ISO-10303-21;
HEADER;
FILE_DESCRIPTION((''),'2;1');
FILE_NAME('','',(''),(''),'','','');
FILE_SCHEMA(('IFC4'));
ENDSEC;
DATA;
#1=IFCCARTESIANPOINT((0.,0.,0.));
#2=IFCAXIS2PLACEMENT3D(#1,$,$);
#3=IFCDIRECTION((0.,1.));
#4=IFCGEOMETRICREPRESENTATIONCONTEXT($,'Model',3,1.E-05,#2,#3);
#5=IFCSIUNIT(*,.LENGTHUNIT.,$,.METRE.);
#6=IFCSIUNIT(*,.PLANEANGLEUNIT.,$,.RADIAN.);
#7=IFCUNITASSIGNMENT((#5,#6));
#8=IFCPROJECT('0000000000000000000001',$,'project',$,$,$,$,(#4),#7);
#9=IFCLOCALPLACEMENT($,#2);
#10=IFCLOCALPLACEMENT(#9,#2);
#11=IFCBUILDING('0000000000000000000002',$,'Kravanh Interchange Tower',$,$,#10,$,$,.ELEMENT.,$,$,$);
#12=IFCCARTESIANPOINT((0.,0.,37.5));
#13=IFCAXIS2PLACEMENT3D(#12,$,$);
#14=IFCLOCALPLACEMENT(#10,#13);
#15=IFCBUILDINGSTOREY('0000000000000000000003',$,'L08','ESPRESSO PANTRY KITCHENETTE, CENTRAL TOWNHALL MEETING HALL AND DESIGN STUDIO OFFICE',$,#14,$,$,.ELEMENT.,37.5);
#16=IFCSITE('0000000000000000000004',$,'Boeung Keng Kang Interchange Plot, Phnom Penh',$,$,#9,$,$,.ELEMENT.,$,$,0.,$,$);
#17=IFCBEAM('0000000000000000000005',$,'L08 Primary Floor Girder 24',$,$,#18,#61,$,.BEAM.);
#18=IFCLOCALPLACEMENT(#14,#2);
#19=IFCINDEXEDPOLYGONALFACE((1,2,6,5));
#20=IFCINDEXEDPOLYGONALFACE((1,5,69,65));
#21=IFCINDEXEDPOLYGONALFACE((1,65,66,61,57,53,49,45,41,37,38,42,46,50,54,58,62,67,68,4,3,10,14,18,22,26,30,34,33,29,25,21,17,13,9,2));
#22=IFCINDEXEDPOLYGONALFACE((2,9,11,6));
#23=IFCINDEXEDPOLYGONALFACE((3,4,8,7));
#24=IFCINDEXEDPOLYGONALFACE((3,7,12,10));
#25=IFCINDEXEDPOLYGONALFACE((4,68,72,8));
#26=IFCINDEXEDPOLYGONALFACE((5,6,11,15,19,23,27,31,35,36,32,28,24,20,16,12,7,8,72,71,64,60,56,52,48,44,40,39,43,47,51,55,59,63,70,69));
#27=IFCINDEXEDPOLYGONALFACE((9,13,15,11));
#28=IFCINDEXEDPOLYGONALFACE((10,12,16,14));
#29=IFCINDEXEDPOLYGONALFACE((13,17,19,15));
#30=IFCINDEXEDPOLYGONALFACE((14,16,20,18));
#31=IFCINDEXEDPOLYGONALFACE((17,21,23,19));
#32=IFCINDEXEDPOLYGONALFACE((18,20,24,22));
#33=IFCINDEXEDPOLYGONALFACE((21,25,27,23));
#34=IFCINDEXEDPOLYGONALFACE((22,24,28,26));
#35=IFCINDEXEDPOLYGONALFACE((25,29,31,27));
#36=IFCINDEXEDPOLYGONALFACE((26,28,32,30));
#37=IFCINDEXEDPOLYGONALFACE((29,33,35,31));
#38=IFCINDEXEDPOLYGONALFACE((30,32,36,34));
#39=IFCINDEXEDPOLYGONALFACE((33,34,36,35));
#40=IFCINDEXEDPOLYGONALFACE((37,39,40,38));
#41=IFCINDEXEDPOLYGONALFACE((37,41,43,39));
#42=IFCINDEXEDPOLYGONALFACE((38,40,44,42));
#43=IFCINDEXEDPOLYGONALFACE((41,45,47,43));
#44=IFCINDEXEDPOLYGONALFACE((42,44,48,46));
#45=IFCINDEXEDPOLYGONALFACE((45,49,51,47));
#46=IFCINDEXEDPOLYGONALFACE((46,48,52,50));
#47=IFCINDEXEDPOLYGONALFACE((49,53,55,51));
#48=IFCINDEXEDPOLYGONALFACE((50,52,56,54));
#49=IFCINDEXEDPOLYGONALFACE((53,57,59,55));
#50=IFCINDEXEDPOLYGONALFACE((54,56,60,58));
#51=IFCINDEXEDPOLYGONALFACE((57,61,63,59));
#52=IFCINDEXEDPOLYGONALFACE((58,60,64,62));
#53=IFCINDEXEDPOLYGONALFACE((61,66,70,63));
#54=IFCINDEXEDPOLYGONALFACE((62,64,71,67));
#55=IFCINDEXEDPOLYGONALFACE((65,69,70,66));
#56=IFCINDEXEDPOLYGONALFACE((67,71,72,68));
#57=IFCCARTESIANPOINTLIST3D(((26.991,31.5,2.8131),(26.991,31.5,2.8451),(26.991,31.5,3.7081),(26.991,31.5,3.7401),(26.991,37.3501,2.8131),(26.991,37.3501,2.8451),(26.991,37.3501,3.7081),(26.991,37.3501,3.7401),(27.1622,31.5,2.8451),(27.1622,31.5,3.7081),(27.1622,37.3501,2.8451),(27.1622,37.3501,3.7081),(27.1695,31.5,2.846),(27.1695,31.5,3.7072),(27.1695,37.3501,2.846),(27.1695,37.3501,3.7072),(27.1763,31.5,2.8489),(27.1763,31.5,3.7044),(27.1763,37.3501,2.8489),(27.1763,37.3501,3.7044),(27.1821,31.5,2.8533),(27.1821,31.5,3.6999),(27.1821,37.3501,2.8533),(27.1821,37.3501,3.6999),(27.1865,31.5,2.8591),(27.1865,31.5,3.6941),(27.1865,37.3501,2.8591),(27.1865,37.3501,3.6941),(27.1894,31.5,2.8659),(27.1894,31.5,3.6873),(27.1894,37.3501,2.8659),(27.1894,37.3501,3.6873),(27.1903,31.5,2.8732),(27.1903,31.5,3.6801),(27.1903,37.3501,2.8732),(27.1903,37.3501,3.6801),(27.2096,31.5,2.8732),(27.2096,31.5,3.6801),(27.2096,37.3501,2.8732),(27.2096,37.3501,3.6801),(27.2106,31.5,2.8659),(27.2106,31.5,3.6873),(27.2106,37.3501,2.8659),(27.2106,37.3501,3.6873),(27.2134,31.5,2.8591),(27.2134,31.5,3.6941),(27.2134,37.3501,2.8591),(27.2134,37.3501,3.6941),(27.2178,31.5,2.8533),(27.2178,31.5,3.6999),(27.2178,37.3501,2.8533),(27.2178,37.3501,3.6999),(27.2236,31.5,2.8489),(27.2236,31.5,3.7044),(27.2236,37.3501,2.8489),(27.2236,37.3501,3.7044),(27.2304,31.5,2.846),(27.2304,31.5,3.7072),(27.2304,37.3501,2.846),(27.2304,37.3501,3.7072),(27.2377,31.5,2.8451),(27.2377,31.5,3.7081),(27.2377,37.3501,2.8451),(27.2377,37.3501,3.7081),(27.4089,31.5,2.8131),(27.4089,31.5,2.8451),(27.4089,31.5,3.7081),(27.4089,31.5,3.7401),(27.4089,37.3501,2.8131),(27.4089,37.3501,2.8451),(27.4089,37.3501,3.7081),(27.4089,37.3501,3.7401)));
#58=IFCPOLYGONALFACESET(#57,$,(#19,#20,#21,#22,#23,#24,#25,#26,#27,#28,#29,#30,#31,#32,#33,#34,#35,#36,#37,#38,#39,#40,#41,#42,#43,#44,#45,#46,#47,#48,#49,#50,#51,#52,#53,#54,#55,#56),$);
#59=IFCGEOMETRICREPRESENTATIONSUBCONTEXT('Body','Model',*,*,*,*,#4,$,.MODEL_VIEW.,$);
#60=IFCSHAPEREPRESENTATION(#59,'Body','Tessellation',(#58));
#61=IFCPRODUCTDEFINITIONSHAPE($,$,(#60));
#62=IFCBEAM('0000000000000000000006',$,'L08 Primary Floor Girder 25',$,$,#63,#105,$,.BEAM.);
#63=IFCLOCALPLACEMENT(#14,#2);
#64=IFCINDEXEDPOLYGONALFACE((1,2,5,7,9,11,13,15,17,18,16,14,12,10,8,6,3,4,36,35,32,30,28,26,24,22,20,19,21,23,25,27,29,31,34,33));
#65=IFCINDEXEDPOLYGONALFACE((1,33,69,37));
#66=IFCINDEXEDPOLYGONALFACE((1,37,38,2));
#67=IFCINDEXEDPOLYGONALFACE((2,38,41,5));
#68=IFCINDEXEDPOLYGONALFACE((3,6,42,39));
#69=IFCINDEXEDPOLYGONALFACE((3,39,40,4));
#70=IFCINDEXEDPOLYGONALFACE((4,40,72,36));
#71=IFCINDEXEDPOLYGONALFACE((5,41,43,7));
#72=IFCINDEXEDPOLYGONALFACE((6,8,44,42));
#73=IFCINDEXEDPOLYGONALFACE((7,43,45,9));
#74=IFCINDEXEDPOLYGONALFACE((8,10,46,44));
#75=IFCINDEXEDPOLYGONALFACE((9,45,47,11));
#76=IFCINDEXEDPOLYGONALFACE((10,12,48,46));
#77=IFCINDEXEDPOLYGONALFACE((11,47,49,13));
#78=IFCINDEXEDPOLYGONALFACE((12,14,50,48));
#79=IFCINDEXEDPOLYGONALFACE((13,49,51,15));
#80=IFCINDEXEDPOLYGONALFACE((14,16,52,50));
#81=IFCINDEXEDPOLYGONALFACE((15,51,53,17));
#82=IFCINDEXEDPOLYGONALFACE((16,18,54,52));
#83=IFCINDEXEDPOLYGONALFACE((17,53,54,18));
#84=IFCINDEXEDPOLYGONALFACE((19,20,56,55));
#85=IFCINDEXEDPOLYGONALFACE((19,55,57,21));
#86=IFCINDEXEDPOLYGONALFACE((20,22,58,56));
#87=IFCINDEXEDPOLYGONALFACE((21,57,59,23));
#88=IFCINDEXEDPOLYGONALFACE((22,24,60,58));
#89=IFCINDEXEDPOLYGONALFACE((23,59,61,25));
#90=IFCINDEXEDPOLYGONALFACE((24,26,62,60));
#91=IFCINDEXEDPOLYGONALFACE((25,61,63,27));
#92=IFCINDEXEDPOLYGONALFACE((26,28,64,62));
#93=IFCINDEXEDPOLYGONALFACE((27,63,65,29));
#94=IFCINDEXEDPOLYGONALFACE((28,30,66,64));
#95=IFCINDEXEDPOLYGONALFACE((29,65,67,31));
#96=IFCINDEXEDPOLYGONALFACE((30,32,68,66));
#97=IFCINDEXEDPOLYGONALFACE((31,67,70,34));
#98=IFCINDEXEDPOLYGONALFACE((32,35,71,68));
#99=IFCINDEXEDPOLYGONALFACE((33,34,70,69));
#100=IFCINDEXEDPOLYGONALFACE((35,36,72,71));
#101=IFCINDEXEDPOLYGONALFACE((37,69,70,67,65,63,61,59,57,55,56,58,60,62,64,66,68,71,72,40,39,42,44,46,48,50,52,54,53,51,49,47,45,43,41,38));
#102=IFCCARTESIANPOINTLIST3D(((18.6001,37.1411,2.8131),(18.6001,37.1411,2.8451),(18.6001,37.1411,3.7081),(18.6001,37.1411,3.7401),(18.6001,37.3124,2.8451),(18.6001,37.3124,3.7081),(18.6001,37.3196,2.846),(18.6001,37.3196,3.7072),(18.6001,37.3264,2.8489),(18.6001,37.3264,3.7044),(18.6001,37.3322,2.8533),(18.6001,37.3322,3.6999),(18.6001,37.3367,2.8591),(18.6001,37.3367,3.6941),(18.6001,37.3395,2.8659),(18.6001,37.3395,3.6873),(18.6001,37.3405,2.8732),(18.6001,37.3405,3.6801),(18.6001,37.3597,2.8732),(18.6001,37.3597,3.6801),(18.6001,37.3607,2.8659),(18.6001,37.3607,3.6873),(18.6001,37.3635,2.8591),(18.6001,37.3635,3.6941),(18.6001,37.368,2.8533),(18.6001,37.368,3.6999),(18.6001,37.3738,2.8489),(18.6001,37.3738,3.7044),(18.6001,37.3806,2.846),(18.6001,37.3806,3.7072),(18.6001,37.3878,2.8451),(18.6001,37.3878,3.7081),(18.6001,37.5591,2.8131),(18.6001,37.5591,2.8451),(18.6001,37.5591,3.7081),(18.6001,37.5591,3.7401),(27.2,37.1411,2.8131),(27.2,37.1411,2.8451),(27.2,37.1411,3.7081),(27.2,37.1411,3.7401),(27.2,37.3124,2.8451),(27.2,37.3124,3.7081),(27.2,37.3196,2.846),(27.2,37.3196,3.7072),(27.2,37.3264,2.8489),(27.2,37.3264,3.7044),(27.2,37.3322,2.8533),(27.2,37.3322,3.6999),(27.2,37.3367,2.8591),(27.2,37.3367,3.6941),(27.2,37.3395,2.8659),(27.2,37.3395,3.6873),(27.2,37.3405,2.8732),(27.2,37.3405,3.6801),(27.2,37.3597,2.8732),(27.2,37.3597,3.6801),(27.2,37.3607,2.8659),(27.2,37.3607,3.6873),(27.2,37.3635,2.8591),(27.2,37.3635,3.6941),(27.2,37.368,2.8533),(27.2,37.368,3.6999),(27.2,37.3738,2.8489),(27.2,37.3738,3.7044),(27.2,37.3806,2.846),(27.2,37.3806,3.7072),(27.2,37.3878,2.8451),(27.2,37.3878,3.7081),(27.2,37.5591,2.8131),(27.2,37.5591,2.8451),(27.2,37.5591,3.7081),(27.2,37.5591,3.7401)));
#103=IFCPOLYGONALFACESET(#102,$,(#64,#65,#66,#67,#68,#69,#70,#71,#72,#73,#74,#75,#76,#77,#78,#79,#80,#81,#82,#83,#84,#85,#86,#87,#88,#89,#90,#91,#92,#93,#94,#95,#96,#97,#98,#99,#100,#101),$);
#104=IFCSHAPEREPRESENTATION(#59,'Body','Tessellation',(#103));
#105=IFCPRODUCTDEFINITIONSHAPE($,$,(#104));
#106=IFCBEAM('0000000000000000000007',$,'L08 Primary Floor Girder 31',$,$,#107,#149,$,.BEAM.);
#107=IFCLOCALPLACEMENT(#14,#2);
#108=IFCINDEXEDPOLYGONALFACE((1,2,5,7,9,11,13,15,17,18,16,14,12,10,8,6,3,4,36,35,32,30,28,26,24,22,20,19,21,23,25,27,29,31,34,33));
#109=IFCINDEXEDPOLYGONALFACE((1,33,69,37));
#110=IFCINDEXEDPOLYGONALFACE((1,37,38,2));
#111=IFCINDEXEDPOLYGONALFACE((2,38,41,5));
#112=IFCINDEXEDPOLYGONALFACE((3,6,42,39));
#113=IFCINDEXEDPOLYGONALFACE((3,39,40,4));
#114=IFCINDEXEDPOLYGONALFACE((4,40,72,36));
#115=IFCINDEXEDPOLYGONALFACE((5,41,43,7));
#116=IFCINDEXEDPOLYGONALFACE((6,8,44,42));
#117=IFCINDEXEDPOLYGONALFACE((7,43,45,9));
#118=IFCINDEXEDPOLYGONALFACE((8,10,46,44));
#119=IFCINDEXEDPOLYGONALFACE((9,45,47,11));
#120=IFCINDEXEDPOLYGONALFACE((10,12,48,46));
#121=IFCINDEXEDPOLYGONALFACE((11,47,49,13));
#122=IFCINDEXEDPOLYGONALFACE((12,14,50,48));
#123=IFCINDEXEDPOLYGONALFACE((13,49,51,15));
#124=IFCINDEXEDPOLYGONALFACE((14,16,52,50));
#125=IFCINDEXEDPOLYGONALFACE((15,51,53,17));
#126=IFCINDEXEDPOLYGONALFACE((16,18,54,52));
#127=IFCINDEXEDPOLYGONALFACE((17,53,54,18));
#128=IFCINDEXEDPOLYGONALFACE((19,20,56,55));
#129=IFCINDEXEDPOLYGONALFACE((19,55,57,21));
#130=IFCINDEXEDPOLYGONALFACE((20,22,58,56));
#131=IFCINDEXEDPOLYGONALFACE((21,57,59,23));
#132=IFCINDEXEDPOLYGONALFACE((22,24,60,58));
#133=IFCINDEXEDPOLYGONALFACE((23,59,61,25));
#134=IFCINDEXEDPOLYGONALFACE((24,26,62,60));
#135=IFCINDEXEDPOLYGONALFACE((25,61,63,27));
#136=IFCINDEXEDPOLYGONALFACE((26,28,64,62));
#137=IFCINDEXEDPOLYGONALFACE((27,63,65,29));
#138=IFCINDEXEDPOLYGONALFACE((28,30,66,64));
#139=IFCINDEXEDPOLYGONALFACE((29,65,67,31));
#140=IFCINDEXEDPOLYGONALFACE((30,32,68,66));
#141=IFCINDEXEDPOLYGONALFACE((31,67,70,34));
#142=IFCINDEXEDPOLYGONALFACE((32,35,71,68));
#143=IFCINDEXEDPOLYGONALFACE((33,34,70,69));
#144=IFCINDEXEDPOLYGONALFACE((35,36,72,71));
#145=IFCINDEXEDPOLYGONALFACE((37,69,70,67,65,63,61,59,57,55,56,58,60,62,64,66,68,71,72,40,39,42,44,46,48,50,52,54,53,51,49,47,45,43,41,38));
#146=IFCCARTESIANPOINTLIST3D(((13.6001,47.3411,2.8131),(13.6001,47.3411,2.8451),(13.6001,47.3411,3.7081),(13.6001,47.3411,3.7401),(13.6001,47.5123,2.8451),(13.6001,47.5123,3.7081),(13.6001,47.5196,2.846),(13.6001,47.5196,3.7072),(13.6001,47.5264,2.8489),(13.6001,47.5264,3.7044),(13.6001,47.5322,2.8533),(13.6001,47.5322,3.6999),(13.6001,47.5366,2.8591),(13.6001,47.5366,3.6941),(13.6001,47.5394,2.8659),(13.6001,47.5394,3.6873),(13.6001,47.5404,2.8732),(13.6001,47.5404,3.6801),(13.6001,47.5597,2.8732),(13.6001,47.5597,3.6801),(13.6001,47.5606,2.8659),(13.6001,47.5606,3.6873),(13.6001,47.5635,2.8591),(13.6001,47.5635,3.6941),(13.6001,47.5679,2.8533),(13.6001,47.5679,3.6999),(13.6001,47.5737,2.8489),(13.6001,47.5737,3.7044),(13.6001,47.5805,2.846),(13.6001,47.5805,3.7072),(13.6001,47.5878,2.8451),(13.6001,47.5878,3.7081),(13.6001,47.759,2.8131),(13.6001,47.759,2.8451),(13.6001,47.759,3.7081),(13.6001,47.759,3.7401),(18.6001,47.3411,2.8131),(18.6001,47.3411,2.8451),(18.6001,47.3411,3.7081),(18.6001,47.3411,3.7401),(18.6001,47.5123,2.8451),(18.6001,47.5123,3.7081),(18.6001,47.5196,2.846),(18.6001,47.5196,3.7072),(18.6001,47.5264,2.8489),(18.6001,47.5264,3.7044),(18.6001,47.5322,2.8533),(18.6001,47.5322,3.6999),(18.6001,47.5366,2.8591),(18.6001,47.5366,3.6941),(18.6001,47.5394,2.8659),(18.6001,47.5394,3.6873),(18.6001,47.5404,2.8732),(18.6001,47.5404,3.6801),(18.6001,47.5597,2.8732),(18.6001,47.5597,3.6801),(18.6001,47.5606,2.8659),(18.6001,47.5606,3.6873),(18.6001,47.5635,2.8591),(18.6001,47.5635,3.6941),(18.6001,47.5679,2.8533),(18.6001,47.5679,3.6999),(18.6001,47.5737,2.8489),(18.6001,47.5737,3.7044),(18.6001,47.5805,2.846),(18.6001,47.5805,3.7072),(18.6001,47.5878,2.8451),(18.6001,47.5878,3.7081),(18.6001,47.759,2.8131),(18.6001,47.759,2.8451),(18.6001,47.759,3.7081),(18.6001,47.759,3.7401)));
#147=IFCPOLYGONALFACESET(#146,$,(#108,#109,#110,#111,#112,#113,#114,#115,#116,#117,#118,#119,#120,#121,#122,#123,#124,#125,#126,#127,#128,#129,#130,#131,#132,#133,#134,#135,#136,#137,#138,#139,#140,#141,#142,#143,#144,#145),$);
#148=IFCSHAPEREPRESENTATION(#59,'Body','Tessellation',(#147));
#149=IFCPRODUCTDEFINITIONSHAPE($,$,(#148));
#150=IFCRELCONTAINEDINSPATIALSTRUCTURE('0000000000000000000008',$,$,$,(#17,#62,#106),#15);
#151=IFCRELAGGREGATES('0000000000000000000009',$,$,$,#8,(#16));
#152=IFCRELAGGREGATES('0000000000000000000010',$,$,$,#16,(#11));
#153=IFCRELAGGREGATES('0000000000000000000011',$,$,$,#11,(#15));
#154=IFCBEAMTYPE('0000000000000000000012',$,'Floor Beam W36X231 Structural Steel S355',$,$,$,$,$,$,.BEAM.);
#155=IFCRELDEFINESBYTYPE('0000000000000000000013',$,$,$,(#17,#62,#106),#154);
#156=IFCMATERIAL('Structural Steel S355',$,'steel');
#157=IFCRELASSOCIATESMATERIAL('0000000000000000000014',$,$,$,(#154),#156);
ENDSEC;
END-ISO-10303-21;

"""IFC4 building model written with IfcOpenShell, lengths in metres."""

from ifc_helpers import new_model, si_unit, direction, frame, origin, origin_2d, place, context, subcontext, project, spatial, i_section, extrude, material, material_profile, profile_set, type_object, element, save


model = new_model("IFC4")

# Units and contexts
model_context = context("Model", 3, precision=1e-05, world=origin(), true_north=direction((0.0, 1.0)))
body_context = subcontext(model_context, "Body", "Model", "MODEL_VIEW")
ifc_project = project(units=[si_unit("LENGTHUNIT", "METRE"), si_unit("PLANEANGLEUNIT", "RADIAN")], contexts=[model_context])

# Site, building, storey
site_placement = place(None, origin())
site = spatial("IfcSite", under=ifc_project, at=site_placement, Name="Boeung Keng Kang Interchange Plot, Phnom Penh", CompositionType="ELEMENT", RefElevation=0.0)
building_placement = place(site_placement, origin())
building = spatial("IfcBuilding", under=site, at=building_placement, Name="Kravanh Interchange Tower", CompositionType="ELEMENT")
storey_placement = place(building_placement, frame((0.0, 0.0, 37.5)))
storey = spatial("IfcBuildingStorey", under=building, at=storey_placement, Name="L08", Description="ESPRESSO PANTRY KITCHENETTE, CENTRAL TOWNHALL MEETING HALL AND DESIGN STUDIO OFFICE", CompositionType="ELEMENT", Elevation=37.5)

# Beams
ifc_material_1 = material(Name="Structural Steel S355", Category="steel")
ifc_material_profile_1 = material_profile(ifc_material_1, i_section(OverallWidth=0.418, OverallDepth=0.927, WebThickness=0.0193, FlangeThickness=0.032, FilletRadius=0.0281, at=origin_2d()), Name="W36X231")
ifc_profile_set_1 = profile_set([ifc_material_profile_1], Name="Structural Steel S355")
beam_type = type_object("IfcBeamType", Name="Floor Beam W36X231 Structural Steel S355", PredefinedType="BEAM", material=ifc_profile_set_1)
beam_1_placement = place(storey_placement, frame((27.2, 37.3501, 3.2766), z_axis=(0.0, -1.0, 0.0), x_axis=(1.0, 0.0, 0.0)))
element("IfcBeam", 1, at=beam_1_placement, inside=storey, type_object=beam_type, Name="L08 Primary Floor Girder 24", PredefinedType="BEAM", context=body_context, shape_type="SweptSolid", body=[
    extrude(i_section(OverallWidth=0.418, OverallDepth=0.927, WebThickness=0.0193, FlangeThickness=0.032, FilletRadius=0.0281, at=origin_2d()), origin(), (0.0, 0.0, 1.0), 5.8501),
])
beam_2_placement = place(storey_placement, frame((27.2, 37.3501, 3.2766), z_axis=(-1.0, 0.0, 0.0), x_axis=(0.0, -1.0, 0.0)))
element("IfcBeam", 2, at=beam_2_placement, inside=storey, type_object=beam_type, Name="L08 Primary Floor Girder 25", PredefinedType="BEAM", context=body_context, shape_type="SweptSolid", body=[
    extrude(i_section(OverallWidth=0.418, OverallDepth=0.927, WebThickness=0.0193, FlangeThickness=0.032, FilletRadius=0.0281, at=origin_2d()), origin(), (0.0, 0.0, 1.0), 8.5999),
])
beam_3_placement = place(storey_placement, frame((18.6001, 47.55, 3.2766), z_axis=(-1.0, 0.0, 0.0), x_axis=(0.0, -1.0, 0.0)))
element("IfcBeam", 3, at=beam_3_placement, inside=storey, type_object=beam_type, Name="L08 Primary Floor Girder 31", PredefinedType="BEAM", context=body_context, shape_type="SweptSolid", body=[
    extrude(i_section(OverallWidth=0.418, OverallDepth=0.927, WebThickness=0.0193, FlangeThickness=0.032, FilletRadius=0.0281, at=origin_2d()), origin(), (0.0, 0.0, 1.0), 5.0),
])

save(model, "model.ifc")
